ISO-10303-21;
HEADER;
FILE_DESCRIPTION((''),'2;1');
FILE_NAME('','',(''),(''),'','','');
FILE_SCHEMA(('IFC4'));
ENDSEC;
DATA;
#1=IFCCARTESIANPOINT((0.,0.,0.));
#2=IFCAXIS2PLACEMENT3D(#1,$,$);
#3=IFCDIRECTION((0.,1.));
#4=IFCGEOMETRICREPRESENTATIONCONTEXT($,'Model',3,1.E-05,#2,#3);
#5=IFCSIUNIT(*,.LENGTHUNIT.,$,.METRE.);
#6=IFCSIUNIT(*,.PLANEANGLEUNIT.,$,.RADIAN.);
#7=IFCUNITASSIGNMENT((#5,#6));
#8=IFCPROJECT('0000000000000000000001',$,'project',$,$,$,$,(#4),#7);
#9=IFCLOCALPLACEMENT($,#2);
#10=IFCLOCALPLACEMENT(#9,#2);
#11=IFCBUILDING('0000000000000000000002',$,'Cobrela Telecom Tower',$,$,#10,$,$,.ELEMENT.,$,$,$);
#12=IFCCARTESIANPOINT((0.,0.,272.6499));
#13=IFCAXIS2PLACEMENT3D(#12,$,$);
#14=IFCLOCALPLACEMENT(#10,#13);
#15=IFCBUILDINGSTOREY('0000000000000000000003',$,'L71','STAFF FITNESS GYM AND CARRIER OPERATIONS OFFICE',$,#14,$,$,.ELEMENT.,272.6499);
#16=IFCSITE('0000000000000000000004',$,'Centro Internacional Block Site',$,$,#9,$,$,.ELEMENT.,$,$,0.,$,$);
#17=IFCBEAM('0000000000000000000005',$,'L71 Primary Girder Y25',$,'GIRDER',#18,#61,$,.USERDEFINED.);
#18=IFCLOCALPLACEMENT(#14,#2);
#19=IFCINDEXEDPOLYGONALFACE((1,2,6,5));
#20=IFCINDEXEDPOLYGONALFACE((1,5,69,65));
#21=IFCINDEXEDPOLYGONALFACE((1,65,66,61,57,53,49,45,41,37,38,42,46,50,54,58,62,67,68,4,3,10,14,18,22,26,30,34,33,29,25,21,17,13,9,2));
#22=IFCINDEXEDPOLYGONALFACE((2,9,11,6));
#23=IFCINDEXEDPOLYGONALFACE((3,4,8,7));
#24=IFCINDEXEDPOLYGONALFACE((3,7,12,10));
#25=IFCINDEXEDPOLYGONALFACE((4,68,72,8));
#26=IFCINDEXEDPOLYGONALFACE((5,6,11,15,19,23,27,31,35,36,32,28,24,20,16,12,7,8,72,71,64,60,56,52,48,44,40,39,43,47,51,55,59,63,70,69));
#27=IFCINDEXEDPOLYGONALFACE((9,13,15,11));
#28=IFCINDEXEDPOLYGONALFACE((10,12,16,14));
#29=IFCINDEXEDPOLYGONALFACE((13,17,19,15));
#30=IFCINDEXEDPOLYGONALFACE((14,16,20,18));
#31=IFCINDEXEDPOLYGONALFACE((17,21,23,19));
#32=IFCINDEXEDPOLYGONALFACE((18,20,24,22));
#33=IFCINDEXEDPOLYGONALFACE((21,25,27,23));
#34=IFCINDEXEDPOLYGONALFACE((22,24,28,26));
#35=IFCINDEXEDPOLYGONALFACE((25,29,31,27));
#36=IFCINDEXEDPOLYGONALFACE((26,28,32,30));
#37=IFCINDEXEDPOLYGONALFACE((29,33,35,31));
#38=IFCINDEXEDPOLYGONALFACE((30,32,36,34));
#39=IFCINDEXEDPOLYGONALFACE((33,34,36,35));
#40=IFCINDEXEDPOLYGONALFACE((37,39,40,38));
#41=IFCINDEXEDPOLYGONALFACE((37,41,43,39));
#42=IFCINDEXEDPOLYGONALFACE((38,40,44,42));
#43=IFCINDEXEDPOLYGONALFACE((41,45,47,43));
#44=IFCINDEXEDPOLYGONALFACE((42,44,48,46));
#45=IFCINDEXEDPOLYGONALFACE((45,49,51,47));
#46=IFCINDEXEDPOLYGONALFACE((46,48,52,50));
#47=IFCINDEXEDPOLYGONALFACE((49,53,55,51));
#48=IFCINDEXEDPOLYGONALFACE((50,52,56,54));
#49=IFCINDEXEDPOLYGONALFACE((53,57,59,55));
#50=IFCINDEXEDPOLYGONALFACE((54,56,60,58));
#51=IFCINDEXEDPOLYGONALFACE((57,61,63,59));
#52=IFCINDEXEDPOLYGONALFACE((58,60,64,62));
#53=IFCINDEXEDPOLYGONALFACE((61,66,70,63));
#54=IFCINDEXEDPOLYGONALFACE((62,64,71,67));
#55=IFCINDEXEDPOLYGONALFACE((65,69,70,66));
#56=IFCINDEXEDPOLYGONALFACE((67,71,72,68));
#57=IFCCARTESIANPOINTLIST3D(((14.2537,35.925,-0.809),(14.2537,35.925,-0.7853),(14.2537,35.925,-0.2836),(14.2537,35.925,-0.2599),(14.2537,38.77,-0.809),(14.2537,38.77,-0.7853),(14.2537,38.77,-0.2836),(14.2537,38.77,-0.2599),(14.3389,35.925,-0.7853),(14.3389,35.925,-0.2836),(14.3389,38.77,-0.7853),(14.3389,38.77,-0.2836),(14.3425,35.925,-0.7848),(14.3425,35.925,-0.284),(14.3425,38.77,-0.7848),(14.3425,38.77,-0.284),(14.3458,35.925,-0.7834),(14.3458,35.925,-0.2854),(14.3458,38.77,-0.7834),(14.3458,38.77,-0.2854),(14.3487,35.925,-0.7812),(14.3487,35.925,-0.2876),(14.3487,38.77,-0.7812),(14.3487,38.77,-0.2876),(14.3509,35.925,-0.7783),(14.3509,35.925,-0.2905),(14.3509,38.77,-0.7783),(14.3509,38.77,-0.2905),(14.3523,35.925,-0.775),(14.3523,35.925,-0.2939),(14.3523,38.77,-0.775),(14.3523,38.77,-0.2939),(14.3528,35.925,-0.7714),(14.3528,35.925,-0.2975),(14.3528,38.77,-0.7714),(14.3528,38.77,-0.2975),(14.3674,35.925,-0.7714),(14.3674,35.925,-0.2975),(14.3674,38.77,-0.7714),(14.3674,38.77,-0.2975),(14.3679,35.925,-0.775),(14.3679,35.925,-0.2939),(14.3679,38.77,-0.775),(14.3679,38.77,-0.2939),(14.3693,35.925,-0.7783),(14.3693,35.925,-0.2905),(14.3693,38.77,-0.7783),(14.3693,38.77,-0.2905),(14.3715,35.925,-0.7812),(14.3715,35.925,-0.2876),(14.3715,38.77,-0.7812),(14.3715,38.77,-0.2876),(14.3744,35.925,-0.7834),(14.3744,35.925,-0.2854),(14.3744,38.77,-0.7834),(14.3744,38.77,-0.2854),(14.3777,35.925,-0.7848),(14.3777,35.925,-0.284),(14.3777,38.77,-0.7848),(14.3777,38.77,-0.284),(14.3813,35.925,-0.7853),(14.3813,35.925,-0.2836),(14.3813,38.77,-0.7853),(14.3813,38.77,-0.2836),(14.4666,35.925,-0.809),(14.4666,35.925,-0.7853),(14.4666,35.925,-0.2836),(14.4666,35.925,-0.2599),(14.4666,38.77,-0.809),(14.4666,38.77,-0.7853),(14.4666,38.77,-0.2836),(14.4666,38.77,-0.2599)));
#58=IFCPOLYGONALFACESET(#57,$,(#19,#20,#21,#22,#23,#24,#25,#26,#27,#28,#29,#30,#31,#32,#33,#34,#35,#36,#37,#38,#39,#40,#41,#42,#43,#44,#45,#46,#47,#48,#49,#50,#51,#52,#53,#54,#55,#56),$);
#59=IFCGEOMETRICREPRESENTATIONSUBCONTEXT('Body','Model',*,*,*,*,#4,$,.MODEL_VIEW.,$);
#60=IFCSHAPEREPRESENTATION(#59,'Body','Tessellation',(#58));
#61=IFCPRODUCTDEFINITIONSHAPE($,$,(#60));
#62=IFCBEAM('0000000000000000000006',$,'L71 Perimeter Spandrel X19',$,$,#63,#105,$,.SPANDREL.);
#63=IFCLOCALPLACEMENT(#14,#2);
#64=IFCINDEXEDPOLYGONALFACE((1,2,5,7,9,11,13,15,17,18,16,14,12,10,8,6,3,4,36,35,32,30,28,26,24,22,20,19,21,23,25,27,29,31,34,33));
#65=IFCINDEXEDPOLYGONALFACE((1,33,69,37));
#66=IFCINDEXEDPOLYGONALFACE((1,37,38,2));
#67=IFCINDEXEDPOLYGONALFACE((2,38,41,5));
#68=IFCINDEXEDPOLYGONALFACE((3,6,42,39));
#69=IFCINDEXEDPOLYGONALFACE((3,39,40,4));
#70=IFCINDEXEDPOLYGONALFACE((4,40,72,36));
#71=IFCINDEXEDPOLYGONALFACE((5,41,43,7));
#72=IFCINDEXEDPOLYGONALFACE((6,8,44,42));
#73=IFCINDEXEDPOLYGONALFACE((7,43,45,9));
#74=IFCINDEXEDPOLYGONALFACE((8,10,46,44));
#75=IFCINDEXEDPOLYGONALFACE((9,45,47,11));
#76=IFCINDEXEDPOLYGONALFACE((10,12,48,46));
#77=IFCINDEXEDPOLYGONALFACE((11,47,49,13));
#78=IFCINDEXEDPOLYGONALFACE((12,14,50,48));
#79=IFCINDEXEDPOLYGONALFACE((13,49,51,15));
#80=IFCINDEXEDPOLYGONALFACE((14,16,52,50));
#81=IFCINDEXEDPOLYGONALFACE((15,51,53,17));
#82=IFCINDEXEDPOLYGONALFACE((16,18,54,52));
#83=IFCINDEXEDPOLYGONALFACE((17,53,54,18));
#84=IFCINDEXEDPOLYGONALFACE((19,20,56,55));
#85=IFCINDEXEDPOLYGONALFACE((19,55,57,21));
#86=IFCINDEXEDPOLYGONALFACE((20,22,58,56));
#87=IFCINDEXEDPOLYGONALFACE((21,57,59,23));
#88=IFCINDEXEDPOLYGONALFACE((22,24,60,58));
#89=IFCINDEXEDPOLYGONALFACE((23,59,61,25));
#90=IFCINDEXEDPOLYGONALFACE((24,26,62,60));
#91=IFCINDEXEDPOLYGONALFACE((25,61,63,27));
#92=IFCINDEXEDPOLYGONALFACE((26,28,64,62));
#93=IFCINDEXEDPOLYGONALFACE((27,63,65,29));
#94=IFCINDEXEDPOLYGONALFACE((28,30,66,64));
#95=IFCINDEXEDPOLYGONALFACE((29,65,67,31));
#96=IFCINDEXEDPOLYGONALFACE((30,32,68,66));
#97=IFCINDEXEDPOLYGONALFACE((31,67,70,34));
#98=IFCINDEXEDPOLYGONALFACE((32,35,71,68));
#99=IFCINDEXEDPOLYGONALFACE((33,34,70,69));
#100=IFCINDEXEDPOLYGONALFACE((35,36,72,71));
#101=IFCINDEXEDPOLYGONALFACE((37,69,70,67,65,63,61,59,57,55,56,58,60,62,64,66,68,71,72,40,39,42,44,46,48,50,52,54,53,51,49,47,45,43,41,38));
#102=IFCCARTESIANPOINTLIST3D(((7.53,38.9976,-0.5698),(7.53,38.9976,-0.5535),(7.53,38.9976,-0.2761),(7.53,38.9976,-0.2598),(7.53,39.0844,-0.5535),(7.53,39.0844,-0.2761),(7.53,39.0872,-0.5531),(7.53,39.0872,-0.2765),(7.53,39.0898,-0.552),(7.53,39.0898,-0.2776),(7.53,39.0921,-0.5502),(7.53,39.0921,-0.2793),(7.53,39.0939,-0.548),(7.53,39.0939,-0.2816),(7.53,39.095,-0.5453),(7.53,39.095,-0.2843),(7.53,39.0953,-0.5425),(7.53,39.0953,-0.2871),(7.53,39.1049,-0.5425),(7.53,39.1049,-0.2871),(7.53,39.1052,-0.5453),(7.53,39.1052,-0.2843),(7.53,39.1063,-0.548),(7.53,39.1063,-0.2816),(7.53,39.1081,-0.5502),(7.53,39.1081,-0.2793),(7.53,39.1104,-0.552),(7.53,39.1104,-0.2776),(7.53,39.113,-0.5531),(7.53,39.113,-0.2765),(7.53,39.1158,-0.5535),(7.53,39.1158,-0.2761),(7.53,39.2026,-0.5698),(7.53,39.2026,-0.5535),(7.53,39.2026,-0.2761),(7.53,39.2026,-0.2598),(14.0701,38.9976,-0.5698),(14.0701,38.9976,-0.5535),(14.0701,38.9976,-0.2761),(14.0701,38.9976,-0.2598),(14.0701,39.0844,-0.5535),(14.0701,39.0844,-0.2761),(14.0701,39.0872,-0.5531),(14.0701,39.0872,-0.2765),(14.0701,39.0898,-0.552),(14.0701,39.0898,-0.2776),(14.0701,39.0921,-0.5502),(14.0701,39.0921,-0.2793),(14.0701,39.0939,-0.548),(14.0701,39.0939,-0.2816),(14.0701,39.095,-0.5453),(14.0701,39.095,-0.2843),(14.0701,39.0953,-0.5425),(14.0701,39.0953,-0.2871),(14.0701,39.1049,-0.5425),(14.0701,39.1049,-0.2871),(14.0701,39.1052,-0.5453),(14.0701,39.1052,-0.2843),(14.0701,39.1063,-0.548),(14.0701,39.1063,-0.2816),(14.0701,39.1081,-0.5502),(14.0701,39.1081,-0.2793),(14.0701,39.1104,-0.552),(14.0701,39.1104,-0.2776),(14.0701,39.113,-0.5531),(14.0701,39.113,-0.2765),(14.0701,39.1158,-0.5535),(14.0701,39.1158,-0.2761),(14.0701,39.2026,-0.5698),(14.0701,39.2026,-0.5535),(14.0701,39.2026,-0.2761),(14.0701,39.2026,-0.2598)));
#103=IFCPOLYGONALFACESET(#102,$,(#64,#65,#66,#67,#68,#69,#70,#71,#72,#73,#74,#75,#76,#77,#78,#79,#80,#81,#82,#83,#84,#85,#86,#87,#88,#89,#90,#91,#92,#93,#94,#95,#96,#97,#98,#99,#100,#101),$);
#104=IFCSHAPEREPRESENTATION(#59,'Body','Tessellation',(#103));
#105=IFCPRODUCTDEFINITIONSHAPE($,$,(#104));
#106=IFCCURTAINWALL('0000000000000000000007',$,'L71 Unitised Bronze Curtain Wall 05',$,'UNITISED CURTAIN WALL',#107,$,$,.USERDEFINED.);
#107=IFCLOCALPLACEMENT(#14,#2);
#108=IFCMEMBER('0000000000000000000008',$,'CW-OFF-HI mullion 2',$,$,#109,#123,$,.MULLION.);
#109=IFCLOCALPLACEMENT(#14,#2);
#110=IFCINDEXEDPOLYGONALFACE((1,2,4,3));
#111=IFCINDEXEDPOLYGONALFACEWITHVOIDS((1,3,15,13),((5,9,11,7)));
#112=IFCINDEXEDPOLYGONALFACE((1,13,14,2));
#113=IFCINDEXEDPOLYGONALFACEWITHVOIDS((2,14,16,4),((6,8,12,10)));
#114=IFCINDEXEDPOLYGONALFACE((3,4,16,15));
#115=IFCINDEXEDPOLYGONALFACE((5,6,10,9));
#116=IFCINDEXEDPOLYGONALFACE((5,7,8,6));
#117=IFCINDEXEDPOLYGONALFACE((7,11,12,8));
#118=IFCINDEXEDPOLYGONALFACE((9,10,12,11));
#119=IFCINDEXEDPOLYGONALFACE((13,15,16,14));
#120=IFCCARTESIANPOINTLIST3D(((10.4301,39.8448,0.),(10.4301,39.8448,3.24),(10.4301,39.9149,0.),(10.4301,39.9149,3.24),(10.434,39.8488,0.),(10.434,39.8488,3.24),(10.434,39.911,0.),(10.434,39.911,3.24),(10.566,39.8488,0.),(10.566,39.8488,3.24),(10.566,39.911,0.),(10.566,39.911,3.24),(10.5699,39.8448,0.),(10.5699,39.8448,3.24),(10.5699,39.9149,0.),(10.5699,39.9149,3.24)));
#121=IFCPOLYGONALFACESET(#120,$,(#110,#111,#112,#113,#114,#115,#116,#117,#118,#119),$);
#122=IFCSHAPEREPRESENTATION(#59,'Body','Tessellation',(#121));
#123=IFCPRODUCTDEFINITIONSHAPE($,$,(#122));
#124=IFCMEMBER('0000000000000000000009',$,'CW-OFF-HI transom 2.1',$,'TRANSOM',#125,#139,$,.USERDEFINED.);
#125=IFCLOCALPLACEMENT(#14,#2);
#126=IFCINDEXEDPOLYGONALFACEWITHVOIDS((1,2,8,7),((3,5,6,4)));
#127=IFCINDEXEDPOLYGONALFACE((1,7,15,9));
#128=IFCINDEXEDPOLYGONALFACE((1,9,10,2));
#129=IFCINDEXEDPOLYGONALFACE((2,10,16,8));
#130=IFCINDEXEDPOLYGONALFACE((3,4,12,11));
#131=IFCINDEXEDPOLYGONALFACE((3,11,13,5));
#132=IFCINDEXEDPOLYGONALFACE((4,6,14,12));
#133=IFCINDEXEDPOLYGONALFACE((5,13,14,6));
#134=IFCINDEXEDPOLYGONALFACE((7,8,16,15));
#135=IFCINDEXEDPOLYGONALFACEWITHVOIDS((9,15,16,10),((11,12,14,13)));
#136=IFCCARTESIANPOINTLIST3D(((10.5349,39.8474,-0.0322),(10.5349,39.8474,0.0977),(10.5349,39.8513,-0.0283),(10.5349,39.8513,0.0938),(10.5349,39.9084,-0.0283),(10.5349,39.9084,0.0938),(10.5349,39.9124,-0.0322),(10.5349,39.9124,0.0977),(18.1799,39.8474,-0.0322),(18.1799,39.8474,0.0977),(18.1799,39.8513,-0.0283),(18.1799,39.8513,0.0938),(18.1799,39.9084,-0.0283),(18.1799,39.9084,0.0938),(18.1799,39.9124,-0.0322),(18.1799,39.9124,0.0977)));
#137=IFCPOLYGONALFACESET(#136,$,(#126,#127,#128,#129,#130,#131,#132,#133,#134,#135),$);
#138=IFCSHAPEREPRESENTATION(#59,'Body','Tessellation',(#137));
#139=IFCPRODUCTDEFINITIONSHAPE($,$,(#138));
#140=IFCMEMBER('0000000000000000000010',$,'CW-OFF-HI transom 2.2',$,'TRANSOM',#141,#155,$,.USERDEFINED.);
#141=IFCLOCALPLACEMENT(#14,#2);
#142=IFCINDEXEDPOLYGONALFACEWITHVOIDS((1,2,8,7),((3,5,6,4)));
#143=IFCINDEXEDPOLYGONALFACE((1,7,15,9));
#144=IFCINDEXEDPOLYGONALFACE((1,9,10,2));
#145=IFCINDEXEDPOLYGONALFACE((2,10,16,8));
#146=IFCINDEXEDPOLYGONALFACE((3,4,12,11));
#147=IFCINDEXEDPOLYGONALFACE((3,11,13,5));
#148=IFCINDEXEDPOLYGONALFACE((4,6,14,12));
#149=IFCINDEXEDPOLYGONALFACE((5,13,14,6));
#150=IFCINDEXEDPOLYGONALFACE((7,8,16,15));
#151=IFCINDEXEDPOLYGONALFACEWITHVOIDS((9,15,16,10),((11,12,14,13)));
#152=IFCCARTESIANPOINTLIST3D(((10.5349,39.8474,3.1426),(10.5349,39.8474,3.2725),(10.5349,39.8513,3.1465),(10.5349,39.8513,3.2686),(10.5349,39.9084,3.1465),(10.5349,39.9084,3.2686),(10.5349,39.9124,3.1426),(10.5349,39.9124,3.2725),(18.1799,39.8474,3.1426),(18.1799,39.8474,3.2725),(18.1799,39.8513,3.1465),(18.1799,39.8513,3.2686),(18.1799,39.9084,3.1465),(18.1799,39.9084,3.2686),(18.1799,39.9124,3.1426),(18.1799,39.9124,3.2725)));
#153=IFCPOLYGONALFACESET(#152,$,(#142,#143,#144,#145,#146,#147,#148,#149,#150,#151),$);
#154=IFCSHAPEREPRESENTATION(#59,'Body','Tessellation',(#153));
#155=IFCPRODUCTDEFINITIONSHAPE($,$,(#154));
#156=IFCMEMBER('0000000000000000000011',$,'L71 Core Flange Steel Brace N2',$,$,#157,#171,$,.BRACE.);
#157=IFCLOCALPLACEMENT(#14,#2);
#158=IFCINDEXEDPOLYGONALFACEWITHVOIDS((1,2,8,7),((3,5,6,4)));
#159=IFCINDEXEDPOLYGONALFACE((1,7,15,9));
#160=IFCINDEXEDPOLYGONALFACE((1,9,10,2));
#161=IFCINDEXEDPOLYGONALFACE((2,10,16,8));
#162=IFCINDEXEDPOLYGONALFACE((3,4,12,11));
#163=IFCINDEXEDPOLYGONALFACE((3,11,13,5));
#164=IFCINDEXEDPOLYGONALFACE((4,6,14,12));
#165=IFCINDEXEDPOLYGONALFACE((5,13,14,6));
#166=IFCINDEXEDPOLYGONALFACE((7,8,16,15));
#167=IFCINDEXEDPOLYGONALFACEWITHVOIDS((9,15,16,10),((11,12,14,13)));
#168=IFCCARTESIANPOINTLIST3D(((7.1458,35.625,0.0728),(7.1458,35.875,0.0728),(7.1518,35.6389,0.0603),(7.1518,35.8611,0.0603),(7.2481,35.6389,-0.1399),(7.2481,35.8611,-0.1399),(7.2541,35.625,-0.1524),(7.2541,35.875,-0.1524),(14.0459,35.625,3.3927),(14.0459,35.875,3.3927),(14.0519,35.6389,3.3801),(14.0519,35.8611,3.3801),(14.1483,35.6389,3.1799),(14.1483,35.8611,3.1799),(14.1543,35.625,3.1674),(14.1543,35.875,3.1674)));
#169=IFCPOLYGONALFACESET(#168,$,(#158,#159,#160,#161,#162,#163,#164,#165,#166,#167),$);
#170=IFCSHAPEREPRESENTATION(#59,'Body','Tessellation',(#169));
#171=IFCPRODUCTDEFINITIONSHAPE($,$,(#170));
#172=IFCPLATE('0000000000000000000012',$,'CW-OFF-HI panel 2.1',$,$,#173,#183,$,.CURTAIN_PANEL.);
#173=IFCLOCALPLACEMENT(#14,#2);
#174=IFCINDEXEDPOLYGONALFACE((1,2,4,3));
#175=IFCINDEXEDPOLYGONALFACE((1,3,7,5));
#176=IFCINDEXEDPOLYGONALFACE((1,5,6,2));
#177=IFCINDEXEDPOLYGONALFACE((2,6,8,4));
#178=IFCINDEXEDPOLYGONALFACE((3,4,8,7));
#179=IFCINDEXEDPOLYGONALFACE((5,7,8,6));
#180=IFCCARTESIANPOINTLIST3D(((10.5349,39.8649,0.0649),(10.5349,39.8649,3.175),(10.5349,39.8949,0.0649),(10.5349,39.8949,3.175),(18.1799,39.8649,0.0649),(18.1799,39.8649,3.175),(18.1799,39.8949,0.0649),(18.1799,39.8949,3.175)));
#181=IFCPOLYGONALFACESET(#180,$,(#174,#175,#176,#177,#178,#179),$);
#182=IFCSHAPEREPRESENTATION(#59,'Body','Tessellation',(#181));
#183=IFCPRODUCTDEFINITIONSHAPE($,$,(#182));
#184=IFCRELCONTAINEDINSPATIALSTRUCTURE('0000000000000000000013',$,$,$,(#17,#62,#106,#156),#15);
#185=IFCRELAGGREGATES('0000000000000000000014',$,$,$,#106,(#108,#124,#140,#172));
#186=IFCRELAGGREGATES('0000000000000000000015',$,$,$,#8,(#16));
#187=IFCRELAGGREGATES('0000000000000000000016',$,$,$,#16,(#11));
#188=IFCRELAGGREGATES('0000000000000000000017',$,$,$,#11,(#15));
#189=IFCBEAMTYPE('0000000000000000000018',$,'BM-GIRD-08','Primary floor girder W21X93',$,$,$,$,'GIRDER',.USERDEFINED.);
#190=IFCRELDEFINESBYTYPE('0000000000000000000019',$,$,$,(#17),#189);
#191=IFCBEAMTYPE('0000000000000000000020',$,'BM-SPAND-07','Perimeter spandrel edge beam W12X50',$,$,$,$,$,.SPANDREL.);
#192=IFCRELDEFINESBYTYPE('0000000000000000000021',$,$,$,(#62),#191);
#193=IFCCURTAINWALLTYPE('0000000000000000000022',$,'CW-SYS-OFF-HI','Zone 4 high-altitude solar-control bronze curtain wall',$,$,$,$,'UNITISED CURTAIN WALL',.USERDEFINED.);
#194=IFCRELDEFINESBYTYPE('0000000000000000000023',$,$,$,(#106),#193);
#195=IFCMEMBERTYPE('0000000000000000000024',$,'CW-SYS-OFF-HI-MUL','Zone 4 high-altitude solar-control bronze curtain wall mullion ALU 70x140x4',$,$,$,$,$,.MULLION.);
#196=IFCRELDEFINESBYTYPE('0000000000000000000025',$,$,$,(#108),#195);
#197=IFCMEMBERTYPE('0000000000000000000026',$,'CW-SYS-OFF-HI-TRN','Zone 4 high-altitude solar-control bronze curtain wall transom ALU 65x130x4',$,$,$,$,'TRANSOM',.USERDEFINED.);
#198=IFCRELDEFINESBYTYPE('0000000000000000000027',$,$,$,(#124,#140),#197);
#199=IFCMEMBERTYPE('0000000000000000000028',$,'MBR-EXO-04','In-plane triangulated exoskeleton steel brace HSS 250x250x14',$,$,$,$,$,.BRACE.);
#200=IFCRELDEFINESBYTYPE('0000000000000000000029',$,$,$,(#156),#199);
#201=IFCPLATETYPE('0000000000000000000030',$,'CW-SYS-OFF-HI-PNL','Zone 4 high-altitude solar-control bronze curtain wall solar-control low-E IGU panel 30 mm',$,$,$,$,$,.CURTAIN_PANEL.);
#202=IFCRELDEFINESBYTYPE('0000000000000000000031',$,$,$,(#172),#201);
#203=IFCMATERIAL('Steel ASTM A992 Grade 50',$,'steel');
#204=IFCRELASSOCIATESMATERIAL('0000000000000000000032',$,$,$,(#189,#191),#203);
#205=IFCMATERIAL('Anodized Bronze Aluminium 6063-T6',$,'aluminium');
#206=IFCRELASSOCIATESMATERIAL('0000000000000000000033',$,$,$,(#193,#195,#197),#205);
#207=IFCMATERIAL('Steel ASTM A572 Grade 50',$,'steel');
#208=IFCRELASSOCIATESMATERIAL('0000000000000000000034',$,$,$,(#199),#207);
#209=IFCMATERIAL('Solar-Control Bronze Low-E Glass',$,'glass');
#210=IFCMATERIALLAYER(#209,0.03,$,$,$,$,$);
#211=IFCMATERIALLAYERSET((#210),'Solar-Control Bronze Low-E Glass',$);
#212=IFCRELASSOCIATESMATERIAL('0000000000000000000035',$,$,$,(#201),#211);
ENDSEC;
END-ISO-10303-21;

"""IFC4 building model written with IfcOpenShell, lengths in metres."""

from ifc_helpers import new_model, si_unit, direction, frame, origin, origin_2d, place, context, subcontext, project, spatial, rectangle, hollow_rectangle, i_section, extrude, material, layer, layer_set, material_profile, profile_set, type_object, element, aggregate, save


model = new_model("IFC4")

# Units and contexts
model_context = context("Model", 3, precision=1e-05, world=origin(), true_north=direction((0.0, 1.0)))
body_context = subcontext(model_context, "Body", "Model", "MODEL_VIEW")
ifc_project = project(units=[si_unit("LENGTHUNIT", "METRE"), si_unit("PLANEANGLEUNIT", "RADIAN")], contexts=[model_context])

# Site, building, storey
site_placement = place(None, origin())
site = spatial("IfcSite", under=ifc_project, at=site_placement, Name="Centro Internacional Block Site", CompositionType="ELEMENT", RefElevation=0.0)
building_placement = place(site_placement, origin())
building = spatial("IfcBuilding", under=site, at=building_placement, Name="Cobrela Telecom Tower", CompositionType="ELEMENT")
storey_placement = place(building_placement, frame((0.0, 0.0, 272.6499)))
storey = spatial("IfcBuildingStorey", under=building, at=storey_placement, Name="L71", Description="STAFF FITNESS GYM AND CARRIER OPERATIONS OFFICE", CompositionType="ELEMENT", Elevation=272.6499)

# Shared definitions
ifc_material_1 = material(Name="Steel ASTM A572 Grade 50", Category="steel")

# Beams
ifc_material_2 = material(Name="Steel ASTM A992 Grade 50", Category="steel")
ifc_material_profile_1 = material_profile(ifc_material_2, i_section(OverallWidth=0.2129, OverallDepth=0.5491, WebThickness=0.0146, FlangeThickness=0.0237, FilletRadius=0.0139, at=origin_2d()), Name="W21X93")
ifc_profile_set_1 = profile_set([ifc_material_profile_1], Name="Steel ASTM A992 Grade 50")
beam_type_1 = type_object("IfcBeamType", Name="BM-GIRD-08", Description="Primary floor girder W21X93", ElementType="GIRDER", PredefinedType="USERDEFINED", material=ifc_profile_set_1)
for number, where, z_axis, x_axis, name in (
    (1, (14.3601, 35.925, -0.5344), (0.0, 1.0, 0.0), (-1.0, 0.0, 0.0), "L71 Primary Girder Y25"),
):
    element("IfcBeam", number, at=place(storey_placement, frame(where, z_axis=z_axis, x_axis=x_axis)), inside=storey, type_object=beam_type_1, Name=name, ObjectType="GIRDER", PredefinedType="USERDEFINED", context=body_context, shape_type="SweptSolid", body=[
        extrude(i_section(OverallWidth=0.2129, OverallDepth=0.5491, WebThickness=0.0146, FlangeThickness=0.0237, FilletRadius=0.0139, at=origin_2d()), origin(), (0.0, 0.0, 1.0), 2.845),
    ])
ifc_material_profile_2 = material_profile(ifc_material_2, i_section(OverallWidth=0.2051, OverallDepth=0.3101, WebThickness=0.0095, FlangeThickness=0.0164, FilletRadius=0.011, at=origin_2d()), Name="W12X50")
ifc_profile_set_2 = profile_set([ifc_material_profile_2], Name="Steel ASTM A992 Grade 50")
beam_type_2 = type_object("IfcBeamType", Name="BM-SPAND-07", Description="Perimeter spandrel edge beam W12X50", PredefinedType="SPANDREL", material=ifc_profile_set_2)
beam_1_placement = place(storey_placement, frame((7.53, 39.1001, -0.4148), z_axis=(1.0, 0.0, 0.0), x_axis=(0.0, 1.0, 0.0)))
element("IfcBeam", 2, at=beam_1_placement, inside=storey, type_object=beam_type_2, Name="L71 Perimeter Spandrel X19", PredefinedType="SPANDREL", context=body_context, shape_type="SweptSolid", body=[
    extrude(i_section(OverallWidth=0.2051, OverallDepth=0.3101, WebThickness=0.0095, FlangeThickness=0.0164, FilletRadius=0.011, at=origin_2d()), origin(), (0.0, 0.0, 1.0), 6.54),
])

# Curtain wall, members
ifc_material_3 = material(Name="Anodized Bronze Aluminium 6063-T6", Category="aluminium")
curtain_wall_type = type_object("IfcCurtainWallType", Name="CW-SYS-OFF-HI", Description="Zone 4 high-altitude solar-control bronze curtain wall", ElementType="UNITISED CURTAIN WALL", PredefinedType="USERDEFINED", material=ifc_material_3)
curtain_wall_placement = place(storey_placement, origin())
curtain_wall = element("IfcCurtainWall", 3, at=curtain_wall_placement, inside=storey, type_object=curtain_wall_type, Name="L71 Unitised Bronze Curtain Wall 05", ObjectType="UNITISED CURTAIN WALL", PredefinedType="USERDEFINED")
ifc_material_profile_3 = material_profile(ifc_material_3, hollow_rectangle(XDim=0.0701, YDim=0.1399, WallThickness=0.0039, at=origin_2d()), Name="ALU 70x140x4")
ifc_profile_set_3 = profile_set([ifc_material_profile_3], Name="Anodized Bronze Aluminium 6063-T6")
member_type_1 = type_object("IfcMemberType", Name="CW-SYS-OFF-HI-MUL", Description="Zone 4 high-altitude solar-control bronze curtain wall mullion ALU 70x140x4", PredefinedType="MULLION", material=ifc_profile_set_3)
member_1_placement = place(storey_placement, frame((10.5, 39.8799, 0.0), z_axis=(0.0, 0.0, 1.0), x_axis=(0.0, 1.0, 0.0)))
member_1 = element("IfcMember", 4, at=member_1_placement, type_object=member_type_1, Name="CW-OFF-HI mullion 2", PredefinedType="MULLION", context=body_context, shape_type="SweptSolid", body=[
    extrude(hollow_rectangle(XDim=0.0701, YDim=0.1399, WallThickness=0.0039, at=origin_2d()), origin(), (0.0, 0.0, 1.0), 3.24),
])
ifc_material_profile_4 = material_profile(ifc_material_3, hollow_rectangle(XDim=0.0649, YDim=0.1299, WallThickness=0.0039, at=origin_2d()), Name="ALU 65x130x4")
ifc_profile_set_4 = profile_set([ifc_material_profile_4], Name="Anodized Bronze Aluminium 6063-T6")
member_type_2 = type_object("IfcMemberType", Name="CW-SYS-OFF-HI-TRN", Description="Zone 4 high-altitude solar-control bronze curtain wall transom ALU 65x130x4", ElementType="TRANSOM", PredefinedType="USERDEFINED", material=ifc_profile_set_4)
member_2_placement = place(storey_placement, frame((10.5349, 39.8799, 0.0327), z_axis=(1.0, 0.0, 0.0), x_axis=(0.0, 1.0, 0.0)))
member_2 = element("IfcMember", 5, at=member_2_placement, type_object=member_type_2, Name="CW-OFF-HI transom 2.1", ObjectType="TRANSOM", PredefinedType="USERDEFINED", context=body_context, shape_type="SweptSolid", body=[
    extrude(hollow_rectangle(XDim=0.0649, YDim=0.1299, WallThickness=0.0039, at=origin_2d()), origin(), (0.0, 0.0, 1.0), 7.645),
])
member_3_placement = place(storey_placement, frame((10.5349, 39.8799, 3.2075), z_axis=(1.0, 0.0, 0.0), x_axis=(0.0, 1.0, 0.0)))
member_3 = element("IfcMember", 6, at=member_3_placement, type_object=member_type_2, Name="CW-OFF-HI transom 2.2", ObjectType="TRANSOM", PredefinedType="USERDEFINED", context=body_context, shape_type="SweptSolid", body=[
    extrude(hollow_rectangle(XDim=0.0649, YDim=0.1299, WallThickness=0.0039, at=origin_2d()), origin(), (0.0, 0.0, 1.0), 7.645),
])

# Member
ifc_material_profile_5 = material_profile(ifc_material_1, hollow_rectangle(XDim=0.25, YDim=0.25, WallThickness=0.0139, at=origin_2d()), Name="HSS 250x250x14")
ifc_profile_set_5 = profile_set([ifc_material_profile_5], Name="Steel ASTM A572 Grade 50")
member_type_3 = type_object("IfcMemberType", Name="MBR-EXO-04", Description="In-plane triangulated exoskeleton steel brace HSS 250x250x14", PredefinedType="BRACE", material=ifc_profile_set_5)
member_4_placement = place(storey_placement, frame((7.2, 35.75, -0.0398), z_axis=(0.901128, 0.0, 0.433554), x_axis=(0.0, 1.0, 0.0)))
element("IfcMember", 7, at=member_4_placement, inside=storey, type_object=member_type_3, Name="L71 Core Flange Steel Brace N2", PredefinedType="BRACE", context=body_context, shape_type="SweptSolid", body=[
    extrude(hollow_rectangle(XDim=0.25, YDim=0.25, WallThickness=0.0139, at=origin_2d()), origin(), (0.0, 0.0, 1.0), 7.6572),
])

# Plate
ifc_material_4 = material(Name="Solar-Control Bronze Low-E Glass", Category="glass")
ifc_layer_1 = layer(ifc_material_4, 0.03)
ifc_layer_set_1 = layer_set([ifc_layer_1], Name="Solar-Control Bronze Low-E Glass")
plate_type_1 = type_object("IfcPlateType", Name="CW-SYS-OFF-HI-PNL", Description="Zone 4 high-altitude solar-control bronze curtain wall solar-control low-E IGU panel 30 mm", PredefinedType="CURTAIN_PANEL", material=ifc_layer_set_1)
plate_1_placement = place(storey_placement, frame((14.3574, 39.8799, 0.0649), z_axis=(0.0, 0.0, 1.0), x_axis=(1.0, 0.0, 0.0)))
plate_1 = element("IfcPlate", 8, at=plate_1_placement, type_object=plate_type_1, Name="CW-OFF-HI panel 2.1", PredefinedType="CURTAIN_PANEL", context=body_context, shape_type="SweptSolid", body=[
    extrude(rectangle(XDim=7.645, YDim=0.03, at=origin_2d()), origin(), (0.0, 0.0, 1.0), 3.1101),
])
aggregate(curtain_wall, [member_1, member_2, member_3, plate_1])

save(model, "model.ifc")
